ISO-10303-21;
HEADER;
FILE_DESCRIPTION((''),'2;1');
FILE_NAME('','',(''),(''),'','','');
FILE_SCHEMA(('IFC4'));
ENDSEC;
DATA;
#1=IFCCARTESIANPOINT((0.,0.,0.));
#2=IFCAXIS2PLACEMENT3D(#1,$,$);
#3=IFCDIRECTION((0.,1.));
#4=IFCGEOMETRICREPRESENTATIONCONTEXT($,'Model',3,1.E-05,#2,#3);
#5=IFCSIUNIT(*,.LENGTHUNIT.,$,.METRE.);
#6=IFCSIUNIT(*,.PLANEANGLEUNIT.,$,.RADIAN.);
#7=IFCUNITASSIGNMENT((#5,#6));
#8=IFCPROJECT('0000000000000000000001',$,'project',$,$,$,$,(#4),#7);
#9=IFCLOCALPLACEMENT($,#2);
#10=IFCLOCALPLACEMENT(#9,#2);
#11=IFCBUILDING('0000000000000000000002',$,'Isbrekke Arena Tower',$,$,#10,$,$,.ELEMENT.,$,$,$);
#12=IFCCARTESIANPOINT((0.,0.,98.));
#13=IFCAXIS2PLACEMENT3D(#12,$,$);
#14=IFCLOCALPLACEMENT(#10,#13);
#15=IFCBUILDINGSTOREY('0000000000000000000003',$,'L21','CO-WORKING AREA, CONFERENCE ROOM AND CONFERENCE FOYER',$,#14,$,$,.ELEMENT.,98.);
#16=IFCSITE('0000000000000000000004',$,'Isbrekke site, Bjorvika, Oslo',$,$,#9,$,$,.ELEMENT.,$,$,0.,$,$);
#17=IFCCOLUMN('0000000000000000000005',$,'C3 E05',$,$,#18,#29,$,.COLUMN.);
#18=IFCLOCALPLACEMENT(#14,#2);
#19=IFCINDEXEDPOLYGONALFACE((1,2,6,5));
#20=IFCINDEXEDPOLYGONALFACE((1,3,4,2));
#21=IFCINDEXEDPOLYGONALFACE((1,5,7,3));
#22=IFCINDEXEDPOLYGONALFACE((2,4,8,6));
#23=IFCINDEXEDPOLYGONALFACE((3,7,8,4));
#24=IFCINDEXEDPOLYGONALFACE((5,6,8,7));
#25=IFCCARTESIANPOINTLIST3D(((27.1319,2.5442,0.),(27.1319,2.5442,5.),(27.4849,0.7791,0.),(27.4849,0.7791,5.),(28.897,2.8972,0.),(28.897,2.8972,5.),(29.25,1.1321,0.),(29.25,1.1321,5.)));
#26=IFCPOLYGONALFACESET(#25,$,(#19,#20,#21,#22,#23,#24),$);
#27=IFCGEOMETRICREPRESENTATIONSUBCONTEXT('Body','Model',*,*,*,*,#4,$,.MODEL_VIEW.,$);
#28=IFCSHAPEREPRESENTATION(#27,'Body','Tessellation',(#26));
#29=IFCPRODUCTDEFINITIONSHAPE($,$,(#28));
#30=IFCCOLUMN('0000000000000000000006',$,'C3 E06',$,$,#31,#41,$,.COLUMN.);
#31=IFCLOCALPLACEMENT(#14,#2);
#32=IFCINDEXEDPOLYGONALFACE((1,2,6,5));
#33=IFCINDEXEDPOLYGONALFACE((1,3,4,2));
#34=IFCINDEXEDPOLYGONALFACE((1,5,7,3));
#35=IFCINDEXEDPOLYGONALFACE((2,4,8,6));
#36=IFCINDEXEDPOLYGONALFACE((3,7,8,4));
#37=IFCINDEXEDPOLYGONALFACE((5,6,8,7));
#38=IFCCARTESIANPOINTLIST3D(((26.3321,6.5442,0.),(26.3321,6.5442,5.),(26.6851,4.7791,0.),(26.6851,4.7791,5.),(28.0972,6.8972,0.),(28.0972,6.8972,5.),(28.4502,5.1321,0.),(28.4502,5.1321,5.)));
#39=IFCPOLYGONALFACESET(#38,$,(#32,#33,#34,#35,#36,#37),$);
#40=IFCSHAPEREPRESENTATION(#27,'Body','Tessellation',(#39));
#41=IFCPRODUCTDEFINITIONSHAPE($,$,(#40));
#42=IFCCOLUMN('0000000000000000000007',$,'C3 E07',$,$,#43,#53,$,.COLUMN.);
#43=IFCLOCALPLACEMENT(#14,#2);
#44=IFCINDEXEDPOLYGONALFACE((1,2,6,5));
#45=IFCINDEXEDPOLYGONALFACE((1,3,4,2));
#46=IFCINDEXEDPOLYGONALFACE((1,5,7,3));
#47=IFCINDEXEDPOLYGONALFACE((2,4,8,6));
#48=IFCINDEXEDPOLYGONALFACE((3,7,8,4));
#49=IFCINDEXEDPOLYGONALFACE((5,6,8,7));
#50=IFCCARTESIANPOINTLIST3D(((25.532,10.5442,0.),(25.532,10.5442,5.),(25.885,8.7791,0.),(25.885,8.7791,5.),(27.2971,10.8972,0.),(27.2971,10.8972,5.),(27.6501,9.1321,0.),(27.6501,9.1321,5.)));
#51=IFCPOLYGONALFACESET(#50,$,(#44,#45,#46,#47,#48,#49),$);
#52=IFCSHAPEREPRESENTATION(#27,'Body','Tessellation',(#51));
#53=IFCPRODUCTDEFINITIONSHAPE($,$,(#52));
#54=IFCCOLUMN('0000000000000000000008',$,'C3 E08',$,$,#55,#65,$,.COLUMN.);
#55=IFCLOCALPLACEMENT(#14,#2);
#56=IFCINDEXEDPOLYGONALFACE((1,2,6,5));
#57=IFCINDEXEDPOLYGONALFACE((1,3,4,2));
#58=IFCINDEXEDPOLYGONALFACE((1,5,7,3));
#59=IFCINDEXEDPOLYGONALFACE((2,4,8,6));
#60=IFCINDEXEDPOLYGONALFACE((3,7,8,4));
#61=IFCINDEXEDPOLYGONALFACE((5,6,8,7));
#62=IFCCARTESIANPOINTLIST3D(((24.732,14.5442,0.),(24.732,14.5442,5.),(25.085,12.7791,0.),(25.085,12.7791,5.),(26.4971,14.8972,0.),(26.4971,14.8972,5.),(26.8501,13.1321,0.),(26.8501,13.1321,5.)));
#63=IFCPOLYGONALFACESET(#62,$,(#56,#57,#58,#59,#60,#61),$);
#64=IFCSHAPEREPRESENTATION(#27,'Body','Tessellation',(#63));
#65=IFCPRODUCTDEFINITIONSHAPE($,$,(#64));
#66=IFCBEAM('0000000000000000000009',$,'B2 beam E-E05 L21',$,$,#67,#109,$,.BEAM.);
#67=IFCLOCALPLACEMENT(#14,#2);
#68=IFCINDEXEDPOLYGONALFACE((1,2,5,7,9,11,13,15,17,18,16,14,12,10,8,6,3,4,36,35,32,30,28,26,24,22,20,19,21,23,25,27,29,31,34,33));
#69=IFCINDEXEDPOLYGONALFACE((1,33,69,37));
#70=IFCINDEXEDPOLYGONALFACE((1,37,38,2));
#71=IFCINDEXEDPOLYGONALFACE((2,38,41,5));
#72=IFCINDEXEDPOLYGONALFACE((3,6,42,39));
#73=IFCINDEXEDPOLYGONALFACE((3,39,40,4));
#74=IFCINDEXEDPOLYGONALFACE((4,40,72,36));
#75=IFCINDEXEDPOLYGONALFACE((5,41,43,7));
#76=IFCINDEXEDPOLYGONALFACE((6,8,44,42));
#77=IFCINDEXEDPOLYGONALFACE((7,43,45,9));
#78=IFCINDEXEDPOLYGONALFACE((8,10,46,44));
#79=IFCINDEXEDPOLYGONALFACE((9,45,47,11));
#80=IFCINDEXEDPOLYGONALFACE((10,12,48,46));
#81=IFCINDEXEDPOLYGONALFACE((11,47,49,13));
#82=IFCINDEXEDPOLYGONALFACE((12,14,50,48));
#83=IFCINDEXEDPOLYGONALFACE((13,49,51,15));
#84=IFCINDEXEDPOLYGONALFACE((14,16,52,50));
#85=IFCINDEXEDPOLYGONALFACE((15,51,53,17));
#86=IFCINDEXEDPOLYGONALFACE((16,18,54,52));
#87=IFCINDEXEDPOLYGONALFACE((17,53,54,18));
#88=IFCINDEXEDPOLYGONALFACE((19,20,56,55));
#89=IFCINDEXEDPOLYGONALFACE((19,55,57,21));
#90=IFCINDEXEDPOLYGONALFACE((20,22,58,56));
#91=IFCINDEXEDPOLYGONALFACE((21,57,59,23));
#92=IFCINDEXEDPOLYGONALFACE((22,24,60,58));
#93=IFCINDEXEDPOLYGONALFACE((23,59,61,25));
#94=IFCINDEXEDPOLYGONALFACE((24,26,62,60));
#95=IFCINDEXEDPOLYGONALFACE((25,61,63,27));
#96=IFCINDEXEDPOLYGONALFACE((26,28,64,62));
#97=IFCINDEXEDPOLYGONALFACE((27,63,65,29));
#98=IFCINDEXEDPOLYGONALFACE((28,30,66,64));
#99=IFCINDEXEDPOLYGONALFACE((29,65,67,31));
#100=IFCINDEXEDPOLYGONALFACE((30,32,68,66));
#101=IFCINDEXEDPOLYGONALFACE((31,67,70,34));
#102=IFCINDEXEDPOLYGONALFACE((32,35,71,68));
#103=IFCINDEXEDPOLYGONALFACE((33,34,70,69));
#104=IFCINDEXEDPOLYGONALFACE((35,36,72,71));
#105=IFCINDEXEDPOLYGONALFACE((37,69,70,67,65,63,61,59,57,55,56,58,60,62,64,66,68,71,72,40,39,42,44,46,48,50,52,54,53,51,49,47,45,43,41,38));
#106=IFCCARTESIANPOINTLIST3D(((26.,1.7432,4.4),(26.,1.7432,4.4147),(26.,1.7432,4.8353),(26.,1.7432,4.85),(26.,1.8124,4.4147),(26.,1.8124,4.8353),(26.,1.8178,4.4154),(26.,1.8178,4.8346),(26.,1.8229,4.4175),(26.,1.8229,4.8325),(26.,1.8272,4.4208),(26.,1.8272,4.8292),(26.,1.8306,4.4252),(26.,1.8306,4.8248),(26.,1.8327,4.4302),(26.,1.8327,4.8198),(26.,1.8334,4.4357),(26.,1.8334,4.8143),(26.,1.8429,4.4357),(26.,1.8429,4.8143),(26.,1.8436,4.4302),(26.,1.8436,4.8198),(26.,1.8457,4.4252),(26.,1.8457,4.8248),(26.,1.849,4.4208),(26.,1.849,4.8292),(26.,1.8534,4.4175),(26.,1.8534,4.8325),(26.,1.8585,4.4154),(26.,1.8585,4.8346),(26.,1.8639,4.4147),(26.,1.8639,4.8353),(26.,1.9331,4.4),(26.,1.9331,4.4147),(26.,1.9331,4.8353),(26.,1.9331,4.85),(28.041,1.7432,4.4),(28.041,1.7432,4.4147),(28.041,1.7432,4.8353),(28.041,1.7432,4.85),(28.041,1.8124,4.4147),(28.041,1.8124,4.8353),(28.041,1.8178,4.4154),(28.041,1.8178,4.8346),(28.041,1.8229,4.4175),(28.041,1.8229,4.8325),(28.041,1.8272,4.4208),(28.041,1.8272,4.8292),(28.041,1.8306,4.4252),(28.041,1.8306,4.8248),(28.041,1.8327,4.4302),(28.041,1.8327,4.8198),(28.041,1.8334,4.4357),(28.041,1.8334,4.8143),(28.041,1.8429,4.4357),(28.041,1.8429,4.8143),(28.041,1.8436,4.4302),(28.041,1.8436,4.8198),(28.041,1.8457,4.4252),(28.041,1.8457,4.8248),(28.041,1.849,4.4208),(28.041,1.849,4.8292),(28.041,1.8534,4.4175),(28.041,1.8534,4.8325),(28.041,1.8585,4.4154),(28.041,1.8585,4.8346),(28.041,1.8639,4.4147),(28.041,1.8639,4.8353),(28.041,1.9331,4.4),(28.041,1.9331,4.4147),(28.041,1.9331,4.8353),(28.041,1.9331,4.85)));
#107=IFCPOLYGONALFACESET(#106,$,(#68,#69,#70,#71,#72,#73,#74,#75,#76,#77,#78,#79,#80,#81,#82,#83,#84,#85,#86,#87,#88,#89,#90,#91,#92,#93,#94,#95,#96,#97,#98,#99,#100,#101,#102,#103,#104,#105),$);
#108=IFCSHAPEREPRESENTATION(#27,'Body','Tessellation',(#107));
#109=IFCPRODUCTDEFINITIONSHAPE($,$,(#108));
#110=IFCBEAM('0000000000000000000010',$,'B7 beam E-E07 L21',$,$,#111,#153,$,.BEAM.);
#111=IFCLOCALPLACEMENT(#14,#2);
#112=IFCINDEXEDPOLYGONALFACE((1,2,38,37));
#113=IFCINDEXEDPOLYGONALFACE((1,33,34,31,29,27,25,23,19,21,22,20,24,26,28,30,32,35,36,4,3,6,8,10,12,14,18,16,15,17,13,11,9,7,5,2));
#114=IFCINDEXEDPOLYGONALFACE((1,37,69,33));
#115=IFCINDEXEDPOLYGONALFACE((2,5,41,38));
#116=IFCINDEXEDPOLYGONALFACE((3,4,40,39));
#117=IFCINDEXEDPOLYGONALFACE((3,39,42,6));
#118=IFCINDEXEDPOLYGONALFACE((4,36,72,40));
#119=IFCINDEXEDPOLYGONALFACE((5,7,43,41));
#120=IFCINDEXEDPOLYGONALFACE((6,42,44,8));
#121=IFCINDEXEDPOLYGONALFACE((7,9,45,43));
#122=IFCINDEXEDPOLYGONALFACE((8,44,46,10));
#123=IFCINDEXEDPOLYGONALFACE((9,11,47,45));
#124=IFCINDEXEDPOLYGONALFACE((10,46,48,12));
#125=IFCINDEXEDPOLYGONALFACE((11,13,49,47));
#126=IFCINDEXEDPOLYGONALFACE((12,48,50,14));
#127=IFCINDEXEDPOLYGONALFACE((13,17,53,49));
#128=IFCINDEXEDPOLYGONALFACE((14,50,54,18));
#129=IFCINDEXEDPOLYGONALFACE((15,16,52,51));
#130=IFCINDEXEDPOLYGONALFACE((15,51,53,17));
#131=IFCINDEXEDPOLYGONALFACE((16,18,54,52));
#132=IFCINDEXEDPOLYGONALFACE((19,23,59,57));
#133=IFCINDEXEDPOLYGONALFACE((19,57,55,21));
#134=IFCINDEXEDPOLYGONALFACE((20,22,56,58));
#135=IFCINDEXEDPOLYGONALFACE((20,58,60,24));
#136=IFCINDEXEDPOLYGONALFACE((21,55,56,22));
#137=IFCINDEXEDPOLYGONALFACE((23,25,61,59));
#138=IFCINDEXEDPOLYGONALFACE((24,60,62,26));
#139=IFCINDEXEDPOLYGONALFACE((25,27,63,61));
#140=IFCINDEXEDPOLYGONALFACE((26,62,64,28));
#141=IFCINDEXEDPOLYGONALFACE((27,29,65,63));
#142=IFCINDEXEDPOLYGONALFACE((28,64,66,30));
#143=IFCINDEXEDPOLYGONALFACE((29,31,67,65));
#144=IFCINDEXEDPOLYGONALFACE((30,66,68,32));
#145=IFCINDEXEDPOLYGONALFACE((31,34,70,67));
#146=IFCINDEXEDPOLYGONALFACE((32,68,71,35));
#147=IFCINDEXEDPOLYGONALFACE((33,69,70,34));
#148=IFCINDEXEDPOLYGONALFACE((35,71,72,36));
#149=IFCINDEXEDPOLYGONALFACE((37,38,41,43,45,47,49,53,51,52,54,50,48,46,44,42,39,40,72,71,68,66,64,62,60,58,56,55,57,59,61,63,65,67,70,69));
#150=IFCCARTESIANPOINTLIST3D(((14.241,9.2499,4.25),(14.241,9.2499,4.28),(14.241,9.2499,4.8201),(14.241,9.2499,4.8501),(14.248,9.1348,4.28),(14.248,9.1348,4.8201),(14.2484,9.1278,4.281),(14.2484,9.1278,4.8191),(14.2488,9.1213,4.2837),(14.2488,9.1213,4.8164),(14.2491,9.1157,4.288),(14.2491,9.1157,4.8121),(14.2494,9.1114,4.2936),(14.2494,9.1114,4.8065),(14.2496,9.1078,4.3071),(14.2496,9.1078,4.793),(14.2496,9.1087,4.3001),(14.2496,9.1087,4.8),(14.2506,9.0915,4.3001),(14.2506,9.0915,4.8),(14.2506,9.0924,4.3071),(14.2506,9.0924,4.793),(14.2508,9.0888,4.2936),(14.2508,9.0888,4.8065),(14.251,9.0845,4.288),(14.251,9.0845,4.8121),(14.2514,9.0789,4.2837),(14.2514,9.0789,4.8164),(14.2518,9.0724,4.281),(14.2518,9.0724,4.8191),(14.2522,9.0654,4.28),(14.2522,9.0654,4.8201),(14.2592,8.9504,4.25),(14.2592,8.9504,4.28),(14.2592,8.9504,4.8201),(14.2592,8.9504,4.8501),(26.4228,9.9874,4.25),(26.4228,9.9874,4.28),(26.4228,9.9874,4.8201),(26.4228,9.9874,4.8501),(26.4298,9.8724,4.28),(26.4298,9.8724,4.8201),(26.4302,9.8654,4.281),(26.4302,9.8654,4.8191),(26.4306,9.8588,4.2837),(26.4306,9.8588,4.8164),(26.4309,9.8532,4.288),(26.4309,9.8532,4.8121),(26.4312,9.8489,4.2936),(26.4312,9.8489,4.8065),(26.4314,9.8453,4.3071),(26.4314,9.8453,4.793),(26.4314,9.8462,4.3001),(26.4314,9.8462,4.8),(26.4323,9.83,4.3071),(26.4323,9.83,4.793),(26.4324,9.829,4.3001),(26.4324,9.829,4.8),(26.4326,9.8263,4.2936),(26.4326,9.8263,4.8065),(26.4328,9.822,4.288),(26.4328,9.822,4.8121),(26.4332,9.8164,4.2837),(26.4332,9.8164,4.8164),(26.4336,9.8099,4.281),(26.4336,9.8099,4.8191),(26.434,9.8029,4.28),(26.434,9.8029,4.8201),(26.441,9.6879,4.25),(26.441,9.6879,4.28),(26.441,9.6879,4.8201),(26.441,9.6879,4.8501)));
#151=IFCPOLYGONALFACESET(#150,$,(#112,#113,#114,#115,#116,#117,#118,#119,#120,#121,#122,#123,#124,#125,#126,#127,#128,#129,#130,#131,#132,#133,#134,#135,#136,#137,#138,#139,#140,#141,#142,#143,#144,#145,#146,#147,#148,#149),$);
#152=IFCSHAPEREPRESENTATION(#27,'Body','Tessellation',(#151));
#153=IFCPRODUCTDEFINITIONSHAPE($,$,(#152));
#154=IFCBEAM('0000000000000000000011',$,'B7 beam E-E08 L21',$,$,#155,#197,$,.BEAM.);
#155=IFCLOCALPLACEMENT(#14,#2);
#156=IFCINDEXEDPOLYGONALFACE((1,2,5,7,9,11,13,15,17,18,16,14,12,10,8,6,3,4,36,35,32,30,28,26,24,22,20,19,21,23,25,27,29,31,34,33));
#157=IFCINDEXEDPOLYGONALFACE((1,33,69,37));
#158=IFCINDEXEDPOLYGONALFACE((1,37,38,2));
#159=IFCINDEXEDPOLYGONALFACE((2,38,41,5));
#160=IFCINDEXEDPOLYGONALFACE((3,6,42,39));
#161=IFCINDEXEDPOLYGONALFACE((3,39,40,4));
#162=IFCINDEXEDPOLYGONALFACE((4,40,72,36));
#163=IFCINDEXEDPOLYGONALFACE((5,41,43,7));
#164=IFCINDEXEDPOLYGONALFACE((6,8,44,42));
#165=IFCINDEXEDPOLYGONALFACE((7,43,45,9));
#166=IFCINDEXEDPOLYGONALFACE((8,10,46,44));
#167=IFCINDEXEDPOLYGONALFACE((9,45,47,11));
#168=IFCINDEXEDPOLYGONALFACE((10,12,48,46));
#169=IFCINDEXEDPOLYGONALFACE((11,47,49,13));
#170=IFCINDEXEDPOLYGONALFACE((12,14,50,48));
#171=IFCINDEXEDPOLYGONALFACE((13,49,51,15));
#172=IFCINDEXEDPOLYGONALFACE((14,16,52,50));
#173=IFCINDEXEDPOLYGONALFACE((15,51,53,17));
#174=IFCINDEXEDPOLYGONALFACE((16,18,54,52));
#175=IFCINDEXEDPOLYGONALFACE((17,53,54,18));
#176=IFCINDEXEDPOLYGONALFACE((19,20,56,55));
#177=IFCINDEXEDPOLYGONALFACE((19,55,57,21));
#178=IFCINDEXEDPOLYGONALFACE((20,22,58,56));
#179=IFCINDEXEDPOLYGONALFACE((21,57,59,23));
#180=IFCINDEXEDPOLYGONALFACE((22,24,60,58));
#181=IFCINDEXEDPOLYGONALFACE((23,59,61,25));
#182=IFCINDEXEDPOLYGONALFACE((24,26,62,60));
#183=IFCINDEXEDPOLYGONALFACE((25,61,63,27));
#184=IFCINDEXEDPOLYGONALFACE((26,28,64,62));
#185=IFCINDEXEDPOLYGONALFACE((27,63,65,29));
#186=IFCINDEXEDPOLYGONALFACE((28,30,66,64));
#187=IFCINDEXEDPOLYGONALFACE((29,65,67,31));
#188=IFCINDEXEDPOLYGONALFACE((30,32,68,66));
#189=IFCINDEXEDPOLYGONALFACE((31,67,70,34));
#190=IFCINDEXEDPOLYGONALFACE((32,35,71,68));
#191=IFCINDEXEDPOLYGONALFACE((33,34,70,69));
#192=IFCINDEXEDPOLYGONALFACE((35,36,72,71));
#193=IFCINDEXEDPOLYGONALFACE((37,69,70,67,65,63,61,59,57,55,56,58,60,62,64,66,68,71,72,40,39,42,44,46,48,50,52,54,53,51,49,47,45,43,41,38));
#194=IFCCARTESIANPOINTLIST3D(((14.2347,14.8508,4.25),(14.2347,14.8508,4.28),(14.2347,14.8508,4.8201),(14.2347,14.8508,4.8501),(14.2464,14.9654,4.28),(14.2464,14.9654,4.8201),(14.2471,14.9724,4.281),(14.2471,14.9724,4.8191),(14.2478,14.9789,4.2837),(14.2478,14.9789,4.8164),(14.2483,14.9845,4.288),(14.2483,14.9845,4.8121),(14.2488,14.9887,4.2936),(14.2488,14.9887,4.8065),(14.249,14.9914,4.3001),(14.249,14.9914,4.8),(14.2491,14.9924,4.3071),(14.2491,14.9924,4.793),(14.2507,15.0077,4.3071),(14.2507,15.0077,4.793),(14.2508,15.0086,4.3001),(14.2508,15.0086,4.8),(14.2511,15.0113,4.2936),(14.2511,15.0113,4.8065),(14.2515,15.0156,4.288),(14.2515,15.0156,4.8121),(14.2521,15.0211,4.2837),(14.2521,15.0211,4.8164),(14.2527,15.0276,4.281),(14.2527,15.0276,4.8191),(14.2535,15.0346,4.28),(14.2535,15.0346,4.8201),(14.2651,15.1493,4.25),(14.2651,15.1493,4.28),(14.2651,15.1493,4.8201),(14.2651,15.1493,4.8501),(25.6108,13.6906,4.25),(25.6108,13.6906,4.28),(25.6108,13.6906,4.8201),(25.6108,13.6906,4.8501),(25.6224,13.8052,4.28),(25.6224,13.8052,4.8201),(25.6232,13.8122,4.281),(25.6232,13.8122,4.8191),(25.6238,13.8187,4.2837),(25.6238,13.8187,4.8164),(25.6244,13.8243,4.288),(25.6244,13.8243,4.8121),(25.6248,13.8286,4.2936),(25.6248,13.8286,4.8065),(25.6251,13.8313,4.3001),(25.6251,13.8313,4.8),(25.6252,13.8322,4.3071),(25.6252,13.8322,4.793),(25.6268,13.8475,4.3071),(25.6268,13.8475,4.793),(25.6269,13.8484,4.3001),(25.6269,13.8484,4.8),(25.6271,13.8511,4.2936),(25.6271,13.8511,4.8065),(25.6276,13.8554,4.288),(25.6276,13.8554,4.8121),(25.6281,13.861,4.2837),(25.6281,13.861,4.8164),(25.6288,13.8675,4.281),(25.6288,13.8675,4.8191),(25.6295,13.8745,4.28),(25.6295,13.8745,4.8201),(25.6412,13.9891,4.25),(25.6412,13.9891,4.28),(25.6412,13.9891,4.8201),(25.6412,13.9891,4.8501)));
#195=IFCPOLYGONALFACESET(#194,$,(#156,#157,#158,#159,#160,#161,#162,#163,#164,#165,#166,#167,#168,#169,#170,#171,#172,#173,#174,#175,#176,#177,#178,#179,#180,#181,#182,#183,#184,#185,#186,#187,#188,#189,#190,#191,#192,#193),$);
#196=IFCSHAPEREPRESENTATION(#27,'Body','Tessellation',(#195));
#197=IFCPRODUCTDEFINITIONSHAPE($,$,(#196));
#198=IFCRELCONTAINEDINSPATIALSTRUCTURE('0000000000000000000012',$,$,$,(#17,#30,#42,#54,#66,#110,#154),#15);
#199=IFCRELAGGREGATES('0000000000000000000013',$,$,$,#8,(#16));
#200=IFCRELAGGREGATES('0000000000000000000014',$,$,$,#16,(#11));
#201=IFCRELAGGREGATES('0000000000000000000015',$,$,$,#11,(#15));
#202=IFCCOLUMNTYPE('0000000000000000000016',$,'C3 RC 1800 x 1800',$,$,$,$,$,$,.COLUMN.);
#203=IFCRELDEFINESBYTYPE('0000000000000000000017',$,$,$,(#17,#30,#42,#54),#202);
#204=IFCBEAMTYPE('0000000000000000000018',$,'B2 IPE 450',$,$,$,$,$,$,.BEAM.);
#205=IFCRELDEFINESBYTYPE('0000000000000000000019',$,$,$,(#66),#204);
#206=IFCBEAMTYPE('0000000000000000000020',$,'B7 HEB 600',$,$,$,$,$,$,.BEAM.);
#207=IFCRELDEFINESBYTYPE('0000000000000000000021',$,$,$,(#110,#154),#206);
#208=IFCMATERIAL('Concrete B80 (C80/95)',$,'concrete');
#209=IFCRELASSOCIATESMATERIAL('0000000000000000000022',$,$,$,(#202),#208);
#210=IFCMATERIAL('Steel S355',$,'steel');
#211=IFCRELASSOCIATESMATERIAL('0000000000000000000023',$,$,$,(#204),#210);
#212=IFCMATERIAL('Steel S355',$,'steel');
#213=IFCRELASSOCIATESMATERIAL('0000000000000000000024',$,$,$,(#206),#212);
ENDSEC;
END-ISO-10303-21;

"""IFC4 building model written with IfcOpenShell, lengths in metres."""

from ifc_helpers import new_model, si_unit, direction, frame, origin, origin_2d, place, context, subcontext, project, spatial, rectangle, i_section, extrude, material, material_profile, profile_set, type_object, element, save


model = new_model("IFC4")

# Units and contexts
model_context = context("Model", 3, precision=1e-05, world=origin(), true_north=direction((0.0, 1.0)))
body_context = subcontext(model_context, "Body", "Model", "MODEL_VIEW")
ifc_project = project(units=[si_unit("LENGTHUNIT", "METRE"), si_unit("PLANEANGLEUNIT", "RADIAN")], contexts=[model_context])

# Site, building, storey
site_placement = place(None, origin())
site = spatial("IfcSite", under=ifc_project, at=site_placement, Name="Isbrekke site, Bjorvika, Oslo", CompositionType="ELEMENT", RefElevation=0.0)
building_placement = place(site_placement, origin())
building = spatial("IfcBuilding", under=site, at=building_placement, Name="Isbrekke Arena Tower", CompositionType="ELEMENT")
storey_placement = place(building_placement, frame((0.0, 0.0, 98.0)))
storey = spatial("IfcBuildingStorey", under=building, at=storey_placement, Name="L21", Description="CO-WORKING AREA, CONFERENCE ROOM AND CONFERENCE FOYER", CompositionType="ELEMENT", Elevation=98.0)

# Columns
ifc_material_1 = material(Name="Concrete B80 (C80/95)", Category="concrete")
ifc_material_profile_1 = material_profile(ifc_material_1, rectangle(XDim=1.8, YDim=1.8, at=origin_2d()), Name="RC 1800x1800")
ifc_profile_set_1 = profile_set([ifc_material_profile_1], Name="Concrete B80 (C80/95)")
column_type = type_object("IfcColumnType", Name="C3 RC 1800 x 1800", PredefinedType="COLUMN", material=ifc_profile_set_1)
for number, where, z_axis, x_axis, name in (
    (1, (28.1909, 1.8381, 0.0), (0.0, 0.0, 1.0), (-0.196116, 0.980581, 0.0), "C3 E05"),
    (2, (27.3911, 5.8381, 0.0), (0.0, 0.0, 1.0), (-0.196116, 0.980581, 0.0), "C3 E06"),
    (3, (26.5911, 9.8381, 0.0), (0.0, 0.0, 1.0), (-0.196116, 0.980581, 0.0), "C3 E07"),
    (4, (25.791, 13.8381, 0.0), (0.0, 0.0, 1.0), (-0.196116, 0.980581, 0.0), "C3 E08"),
):
    element("IfcColumn", number, at=place(storey_placement, frame(where, z_axis=z_axis, x_axis=x_axis)), inside=storey, type_object=column_type, Name=name, PredefinedType="COLUMN", context=body_context, shape_type="SweptSolid", body=[
        extrude(rectangle(XDim=1.8, YDim=1.8, at=origin_2d()), origin(), (0.0, 0.0, 1.0), 5.0),
    ])

# Beams
ifc_material_2 = material(Name="Steel S355", Category="steel")
ifc_material_profile_2 = material_profile(ifc_material_2, i_section(OverallWidth=0.1899, OverallDepth=0.45, WebThickness=0.0095, FlangeThickness=0.0146, FilletRadius=0.021, at=origin_2d()), Name="IPE 450")
ifc_profile_set_2 = profile_set([ifc_material_profile_2], Name="Steel S355")
beam_type_1 = type_object("IfcBeamType", Name="B2 IPE 450", PredefinedType="BEAM", material=ifc_profile_set_2)
beam_1_placement = place(storey_placement, frame((28.041, 1.8381, 4.625), z_axis=(-1.0, 0.0, 0.0), x_axis=(0.0, -1.0, 0.0)))
element("IfcBeam", 5, at=beam_1_placement, inside=storey, type_object=beam_type_1, Name="B2 beam E-E05 L21", PredefinedType="BEAM", context=body_context, shape_type="SweptSolid", body=[
    extrude(i_section(OverallWidth=0.1899, OverallDepth=0.45, WebThickness=0.0095, FlangeThickness=0.0146, FilletRadius=0.021, at=origin_2d()), origin(), (0.0, 0.0, 1.0), 2.041),
])
ifc_material_3 = material(Name="Steel S355", Category="steel")
ifc_material_profile_3 = material_profile(ifc_material_3, i_section(OverallWidth=0.3, OverallDepth=0.6001, WebThickness=0.0154, FlangeThickness=0.03, FilletRadius=0.0271, at=origin_2d()), Name="HEB 600")
ifc_profile_set_3 = profile_set([ifc_material_profile_3], Name="Steel S355")
beam_type_2 = type_object("IfcBeamType", Name="B7 HEB 600", PredefinedType="BEAM", material=ifc_profile_set_3)
beam_2_placement = place(storey_placement, frame((26.4319, 9.8376, 4.55), z_axis=(-0.998172, -0.060434, 0.0), x_axis=(0.060434, -0.998172, 0.0)))
element("IfcBeam", 6, at=beam_2_placement, inside=storey, type_object=beam_type_2, Name="B7 beam E-E07 L21", PredefinedType="BEAM", context=body_context, shape_type="SweptSolid", body=[
    extrude(i_section(OverallWidth=0.3, OverallDepth=0.6001, WebThickness=0.0154, FlangeThickness=0.03, FilletRadius=0.0271, at=origin_2d()), origin(), (0.0, 0.0, 1.0), 12.2041),
])
beam_3_placement = place(storey_placement, frame((25.626, 13.8398, 4.55), z_axis=(-0.99484, 0.101457, 0.0), x_axis=(-0.101457, -0.99484, 0.0)))
element("IfcBeam", 7, at=beam_3_placement, inside=storey, type_object=beam_type_2, Name="B7 beam E-E08 L21", PredefinedType="BEAM", context=body_context, shape_type="SweptSolid", body=[
    extrude(i_section(OverallWidth=0.3, OverallDepth=0.6001, WebThickness=0.0154, FlangeThickness=0.03, FilletRadius=0.0271, at=origin_2d()), origin(), (0.0, 0.0, 1.0), 11.4351),
])

save(model, "model.ifc")
